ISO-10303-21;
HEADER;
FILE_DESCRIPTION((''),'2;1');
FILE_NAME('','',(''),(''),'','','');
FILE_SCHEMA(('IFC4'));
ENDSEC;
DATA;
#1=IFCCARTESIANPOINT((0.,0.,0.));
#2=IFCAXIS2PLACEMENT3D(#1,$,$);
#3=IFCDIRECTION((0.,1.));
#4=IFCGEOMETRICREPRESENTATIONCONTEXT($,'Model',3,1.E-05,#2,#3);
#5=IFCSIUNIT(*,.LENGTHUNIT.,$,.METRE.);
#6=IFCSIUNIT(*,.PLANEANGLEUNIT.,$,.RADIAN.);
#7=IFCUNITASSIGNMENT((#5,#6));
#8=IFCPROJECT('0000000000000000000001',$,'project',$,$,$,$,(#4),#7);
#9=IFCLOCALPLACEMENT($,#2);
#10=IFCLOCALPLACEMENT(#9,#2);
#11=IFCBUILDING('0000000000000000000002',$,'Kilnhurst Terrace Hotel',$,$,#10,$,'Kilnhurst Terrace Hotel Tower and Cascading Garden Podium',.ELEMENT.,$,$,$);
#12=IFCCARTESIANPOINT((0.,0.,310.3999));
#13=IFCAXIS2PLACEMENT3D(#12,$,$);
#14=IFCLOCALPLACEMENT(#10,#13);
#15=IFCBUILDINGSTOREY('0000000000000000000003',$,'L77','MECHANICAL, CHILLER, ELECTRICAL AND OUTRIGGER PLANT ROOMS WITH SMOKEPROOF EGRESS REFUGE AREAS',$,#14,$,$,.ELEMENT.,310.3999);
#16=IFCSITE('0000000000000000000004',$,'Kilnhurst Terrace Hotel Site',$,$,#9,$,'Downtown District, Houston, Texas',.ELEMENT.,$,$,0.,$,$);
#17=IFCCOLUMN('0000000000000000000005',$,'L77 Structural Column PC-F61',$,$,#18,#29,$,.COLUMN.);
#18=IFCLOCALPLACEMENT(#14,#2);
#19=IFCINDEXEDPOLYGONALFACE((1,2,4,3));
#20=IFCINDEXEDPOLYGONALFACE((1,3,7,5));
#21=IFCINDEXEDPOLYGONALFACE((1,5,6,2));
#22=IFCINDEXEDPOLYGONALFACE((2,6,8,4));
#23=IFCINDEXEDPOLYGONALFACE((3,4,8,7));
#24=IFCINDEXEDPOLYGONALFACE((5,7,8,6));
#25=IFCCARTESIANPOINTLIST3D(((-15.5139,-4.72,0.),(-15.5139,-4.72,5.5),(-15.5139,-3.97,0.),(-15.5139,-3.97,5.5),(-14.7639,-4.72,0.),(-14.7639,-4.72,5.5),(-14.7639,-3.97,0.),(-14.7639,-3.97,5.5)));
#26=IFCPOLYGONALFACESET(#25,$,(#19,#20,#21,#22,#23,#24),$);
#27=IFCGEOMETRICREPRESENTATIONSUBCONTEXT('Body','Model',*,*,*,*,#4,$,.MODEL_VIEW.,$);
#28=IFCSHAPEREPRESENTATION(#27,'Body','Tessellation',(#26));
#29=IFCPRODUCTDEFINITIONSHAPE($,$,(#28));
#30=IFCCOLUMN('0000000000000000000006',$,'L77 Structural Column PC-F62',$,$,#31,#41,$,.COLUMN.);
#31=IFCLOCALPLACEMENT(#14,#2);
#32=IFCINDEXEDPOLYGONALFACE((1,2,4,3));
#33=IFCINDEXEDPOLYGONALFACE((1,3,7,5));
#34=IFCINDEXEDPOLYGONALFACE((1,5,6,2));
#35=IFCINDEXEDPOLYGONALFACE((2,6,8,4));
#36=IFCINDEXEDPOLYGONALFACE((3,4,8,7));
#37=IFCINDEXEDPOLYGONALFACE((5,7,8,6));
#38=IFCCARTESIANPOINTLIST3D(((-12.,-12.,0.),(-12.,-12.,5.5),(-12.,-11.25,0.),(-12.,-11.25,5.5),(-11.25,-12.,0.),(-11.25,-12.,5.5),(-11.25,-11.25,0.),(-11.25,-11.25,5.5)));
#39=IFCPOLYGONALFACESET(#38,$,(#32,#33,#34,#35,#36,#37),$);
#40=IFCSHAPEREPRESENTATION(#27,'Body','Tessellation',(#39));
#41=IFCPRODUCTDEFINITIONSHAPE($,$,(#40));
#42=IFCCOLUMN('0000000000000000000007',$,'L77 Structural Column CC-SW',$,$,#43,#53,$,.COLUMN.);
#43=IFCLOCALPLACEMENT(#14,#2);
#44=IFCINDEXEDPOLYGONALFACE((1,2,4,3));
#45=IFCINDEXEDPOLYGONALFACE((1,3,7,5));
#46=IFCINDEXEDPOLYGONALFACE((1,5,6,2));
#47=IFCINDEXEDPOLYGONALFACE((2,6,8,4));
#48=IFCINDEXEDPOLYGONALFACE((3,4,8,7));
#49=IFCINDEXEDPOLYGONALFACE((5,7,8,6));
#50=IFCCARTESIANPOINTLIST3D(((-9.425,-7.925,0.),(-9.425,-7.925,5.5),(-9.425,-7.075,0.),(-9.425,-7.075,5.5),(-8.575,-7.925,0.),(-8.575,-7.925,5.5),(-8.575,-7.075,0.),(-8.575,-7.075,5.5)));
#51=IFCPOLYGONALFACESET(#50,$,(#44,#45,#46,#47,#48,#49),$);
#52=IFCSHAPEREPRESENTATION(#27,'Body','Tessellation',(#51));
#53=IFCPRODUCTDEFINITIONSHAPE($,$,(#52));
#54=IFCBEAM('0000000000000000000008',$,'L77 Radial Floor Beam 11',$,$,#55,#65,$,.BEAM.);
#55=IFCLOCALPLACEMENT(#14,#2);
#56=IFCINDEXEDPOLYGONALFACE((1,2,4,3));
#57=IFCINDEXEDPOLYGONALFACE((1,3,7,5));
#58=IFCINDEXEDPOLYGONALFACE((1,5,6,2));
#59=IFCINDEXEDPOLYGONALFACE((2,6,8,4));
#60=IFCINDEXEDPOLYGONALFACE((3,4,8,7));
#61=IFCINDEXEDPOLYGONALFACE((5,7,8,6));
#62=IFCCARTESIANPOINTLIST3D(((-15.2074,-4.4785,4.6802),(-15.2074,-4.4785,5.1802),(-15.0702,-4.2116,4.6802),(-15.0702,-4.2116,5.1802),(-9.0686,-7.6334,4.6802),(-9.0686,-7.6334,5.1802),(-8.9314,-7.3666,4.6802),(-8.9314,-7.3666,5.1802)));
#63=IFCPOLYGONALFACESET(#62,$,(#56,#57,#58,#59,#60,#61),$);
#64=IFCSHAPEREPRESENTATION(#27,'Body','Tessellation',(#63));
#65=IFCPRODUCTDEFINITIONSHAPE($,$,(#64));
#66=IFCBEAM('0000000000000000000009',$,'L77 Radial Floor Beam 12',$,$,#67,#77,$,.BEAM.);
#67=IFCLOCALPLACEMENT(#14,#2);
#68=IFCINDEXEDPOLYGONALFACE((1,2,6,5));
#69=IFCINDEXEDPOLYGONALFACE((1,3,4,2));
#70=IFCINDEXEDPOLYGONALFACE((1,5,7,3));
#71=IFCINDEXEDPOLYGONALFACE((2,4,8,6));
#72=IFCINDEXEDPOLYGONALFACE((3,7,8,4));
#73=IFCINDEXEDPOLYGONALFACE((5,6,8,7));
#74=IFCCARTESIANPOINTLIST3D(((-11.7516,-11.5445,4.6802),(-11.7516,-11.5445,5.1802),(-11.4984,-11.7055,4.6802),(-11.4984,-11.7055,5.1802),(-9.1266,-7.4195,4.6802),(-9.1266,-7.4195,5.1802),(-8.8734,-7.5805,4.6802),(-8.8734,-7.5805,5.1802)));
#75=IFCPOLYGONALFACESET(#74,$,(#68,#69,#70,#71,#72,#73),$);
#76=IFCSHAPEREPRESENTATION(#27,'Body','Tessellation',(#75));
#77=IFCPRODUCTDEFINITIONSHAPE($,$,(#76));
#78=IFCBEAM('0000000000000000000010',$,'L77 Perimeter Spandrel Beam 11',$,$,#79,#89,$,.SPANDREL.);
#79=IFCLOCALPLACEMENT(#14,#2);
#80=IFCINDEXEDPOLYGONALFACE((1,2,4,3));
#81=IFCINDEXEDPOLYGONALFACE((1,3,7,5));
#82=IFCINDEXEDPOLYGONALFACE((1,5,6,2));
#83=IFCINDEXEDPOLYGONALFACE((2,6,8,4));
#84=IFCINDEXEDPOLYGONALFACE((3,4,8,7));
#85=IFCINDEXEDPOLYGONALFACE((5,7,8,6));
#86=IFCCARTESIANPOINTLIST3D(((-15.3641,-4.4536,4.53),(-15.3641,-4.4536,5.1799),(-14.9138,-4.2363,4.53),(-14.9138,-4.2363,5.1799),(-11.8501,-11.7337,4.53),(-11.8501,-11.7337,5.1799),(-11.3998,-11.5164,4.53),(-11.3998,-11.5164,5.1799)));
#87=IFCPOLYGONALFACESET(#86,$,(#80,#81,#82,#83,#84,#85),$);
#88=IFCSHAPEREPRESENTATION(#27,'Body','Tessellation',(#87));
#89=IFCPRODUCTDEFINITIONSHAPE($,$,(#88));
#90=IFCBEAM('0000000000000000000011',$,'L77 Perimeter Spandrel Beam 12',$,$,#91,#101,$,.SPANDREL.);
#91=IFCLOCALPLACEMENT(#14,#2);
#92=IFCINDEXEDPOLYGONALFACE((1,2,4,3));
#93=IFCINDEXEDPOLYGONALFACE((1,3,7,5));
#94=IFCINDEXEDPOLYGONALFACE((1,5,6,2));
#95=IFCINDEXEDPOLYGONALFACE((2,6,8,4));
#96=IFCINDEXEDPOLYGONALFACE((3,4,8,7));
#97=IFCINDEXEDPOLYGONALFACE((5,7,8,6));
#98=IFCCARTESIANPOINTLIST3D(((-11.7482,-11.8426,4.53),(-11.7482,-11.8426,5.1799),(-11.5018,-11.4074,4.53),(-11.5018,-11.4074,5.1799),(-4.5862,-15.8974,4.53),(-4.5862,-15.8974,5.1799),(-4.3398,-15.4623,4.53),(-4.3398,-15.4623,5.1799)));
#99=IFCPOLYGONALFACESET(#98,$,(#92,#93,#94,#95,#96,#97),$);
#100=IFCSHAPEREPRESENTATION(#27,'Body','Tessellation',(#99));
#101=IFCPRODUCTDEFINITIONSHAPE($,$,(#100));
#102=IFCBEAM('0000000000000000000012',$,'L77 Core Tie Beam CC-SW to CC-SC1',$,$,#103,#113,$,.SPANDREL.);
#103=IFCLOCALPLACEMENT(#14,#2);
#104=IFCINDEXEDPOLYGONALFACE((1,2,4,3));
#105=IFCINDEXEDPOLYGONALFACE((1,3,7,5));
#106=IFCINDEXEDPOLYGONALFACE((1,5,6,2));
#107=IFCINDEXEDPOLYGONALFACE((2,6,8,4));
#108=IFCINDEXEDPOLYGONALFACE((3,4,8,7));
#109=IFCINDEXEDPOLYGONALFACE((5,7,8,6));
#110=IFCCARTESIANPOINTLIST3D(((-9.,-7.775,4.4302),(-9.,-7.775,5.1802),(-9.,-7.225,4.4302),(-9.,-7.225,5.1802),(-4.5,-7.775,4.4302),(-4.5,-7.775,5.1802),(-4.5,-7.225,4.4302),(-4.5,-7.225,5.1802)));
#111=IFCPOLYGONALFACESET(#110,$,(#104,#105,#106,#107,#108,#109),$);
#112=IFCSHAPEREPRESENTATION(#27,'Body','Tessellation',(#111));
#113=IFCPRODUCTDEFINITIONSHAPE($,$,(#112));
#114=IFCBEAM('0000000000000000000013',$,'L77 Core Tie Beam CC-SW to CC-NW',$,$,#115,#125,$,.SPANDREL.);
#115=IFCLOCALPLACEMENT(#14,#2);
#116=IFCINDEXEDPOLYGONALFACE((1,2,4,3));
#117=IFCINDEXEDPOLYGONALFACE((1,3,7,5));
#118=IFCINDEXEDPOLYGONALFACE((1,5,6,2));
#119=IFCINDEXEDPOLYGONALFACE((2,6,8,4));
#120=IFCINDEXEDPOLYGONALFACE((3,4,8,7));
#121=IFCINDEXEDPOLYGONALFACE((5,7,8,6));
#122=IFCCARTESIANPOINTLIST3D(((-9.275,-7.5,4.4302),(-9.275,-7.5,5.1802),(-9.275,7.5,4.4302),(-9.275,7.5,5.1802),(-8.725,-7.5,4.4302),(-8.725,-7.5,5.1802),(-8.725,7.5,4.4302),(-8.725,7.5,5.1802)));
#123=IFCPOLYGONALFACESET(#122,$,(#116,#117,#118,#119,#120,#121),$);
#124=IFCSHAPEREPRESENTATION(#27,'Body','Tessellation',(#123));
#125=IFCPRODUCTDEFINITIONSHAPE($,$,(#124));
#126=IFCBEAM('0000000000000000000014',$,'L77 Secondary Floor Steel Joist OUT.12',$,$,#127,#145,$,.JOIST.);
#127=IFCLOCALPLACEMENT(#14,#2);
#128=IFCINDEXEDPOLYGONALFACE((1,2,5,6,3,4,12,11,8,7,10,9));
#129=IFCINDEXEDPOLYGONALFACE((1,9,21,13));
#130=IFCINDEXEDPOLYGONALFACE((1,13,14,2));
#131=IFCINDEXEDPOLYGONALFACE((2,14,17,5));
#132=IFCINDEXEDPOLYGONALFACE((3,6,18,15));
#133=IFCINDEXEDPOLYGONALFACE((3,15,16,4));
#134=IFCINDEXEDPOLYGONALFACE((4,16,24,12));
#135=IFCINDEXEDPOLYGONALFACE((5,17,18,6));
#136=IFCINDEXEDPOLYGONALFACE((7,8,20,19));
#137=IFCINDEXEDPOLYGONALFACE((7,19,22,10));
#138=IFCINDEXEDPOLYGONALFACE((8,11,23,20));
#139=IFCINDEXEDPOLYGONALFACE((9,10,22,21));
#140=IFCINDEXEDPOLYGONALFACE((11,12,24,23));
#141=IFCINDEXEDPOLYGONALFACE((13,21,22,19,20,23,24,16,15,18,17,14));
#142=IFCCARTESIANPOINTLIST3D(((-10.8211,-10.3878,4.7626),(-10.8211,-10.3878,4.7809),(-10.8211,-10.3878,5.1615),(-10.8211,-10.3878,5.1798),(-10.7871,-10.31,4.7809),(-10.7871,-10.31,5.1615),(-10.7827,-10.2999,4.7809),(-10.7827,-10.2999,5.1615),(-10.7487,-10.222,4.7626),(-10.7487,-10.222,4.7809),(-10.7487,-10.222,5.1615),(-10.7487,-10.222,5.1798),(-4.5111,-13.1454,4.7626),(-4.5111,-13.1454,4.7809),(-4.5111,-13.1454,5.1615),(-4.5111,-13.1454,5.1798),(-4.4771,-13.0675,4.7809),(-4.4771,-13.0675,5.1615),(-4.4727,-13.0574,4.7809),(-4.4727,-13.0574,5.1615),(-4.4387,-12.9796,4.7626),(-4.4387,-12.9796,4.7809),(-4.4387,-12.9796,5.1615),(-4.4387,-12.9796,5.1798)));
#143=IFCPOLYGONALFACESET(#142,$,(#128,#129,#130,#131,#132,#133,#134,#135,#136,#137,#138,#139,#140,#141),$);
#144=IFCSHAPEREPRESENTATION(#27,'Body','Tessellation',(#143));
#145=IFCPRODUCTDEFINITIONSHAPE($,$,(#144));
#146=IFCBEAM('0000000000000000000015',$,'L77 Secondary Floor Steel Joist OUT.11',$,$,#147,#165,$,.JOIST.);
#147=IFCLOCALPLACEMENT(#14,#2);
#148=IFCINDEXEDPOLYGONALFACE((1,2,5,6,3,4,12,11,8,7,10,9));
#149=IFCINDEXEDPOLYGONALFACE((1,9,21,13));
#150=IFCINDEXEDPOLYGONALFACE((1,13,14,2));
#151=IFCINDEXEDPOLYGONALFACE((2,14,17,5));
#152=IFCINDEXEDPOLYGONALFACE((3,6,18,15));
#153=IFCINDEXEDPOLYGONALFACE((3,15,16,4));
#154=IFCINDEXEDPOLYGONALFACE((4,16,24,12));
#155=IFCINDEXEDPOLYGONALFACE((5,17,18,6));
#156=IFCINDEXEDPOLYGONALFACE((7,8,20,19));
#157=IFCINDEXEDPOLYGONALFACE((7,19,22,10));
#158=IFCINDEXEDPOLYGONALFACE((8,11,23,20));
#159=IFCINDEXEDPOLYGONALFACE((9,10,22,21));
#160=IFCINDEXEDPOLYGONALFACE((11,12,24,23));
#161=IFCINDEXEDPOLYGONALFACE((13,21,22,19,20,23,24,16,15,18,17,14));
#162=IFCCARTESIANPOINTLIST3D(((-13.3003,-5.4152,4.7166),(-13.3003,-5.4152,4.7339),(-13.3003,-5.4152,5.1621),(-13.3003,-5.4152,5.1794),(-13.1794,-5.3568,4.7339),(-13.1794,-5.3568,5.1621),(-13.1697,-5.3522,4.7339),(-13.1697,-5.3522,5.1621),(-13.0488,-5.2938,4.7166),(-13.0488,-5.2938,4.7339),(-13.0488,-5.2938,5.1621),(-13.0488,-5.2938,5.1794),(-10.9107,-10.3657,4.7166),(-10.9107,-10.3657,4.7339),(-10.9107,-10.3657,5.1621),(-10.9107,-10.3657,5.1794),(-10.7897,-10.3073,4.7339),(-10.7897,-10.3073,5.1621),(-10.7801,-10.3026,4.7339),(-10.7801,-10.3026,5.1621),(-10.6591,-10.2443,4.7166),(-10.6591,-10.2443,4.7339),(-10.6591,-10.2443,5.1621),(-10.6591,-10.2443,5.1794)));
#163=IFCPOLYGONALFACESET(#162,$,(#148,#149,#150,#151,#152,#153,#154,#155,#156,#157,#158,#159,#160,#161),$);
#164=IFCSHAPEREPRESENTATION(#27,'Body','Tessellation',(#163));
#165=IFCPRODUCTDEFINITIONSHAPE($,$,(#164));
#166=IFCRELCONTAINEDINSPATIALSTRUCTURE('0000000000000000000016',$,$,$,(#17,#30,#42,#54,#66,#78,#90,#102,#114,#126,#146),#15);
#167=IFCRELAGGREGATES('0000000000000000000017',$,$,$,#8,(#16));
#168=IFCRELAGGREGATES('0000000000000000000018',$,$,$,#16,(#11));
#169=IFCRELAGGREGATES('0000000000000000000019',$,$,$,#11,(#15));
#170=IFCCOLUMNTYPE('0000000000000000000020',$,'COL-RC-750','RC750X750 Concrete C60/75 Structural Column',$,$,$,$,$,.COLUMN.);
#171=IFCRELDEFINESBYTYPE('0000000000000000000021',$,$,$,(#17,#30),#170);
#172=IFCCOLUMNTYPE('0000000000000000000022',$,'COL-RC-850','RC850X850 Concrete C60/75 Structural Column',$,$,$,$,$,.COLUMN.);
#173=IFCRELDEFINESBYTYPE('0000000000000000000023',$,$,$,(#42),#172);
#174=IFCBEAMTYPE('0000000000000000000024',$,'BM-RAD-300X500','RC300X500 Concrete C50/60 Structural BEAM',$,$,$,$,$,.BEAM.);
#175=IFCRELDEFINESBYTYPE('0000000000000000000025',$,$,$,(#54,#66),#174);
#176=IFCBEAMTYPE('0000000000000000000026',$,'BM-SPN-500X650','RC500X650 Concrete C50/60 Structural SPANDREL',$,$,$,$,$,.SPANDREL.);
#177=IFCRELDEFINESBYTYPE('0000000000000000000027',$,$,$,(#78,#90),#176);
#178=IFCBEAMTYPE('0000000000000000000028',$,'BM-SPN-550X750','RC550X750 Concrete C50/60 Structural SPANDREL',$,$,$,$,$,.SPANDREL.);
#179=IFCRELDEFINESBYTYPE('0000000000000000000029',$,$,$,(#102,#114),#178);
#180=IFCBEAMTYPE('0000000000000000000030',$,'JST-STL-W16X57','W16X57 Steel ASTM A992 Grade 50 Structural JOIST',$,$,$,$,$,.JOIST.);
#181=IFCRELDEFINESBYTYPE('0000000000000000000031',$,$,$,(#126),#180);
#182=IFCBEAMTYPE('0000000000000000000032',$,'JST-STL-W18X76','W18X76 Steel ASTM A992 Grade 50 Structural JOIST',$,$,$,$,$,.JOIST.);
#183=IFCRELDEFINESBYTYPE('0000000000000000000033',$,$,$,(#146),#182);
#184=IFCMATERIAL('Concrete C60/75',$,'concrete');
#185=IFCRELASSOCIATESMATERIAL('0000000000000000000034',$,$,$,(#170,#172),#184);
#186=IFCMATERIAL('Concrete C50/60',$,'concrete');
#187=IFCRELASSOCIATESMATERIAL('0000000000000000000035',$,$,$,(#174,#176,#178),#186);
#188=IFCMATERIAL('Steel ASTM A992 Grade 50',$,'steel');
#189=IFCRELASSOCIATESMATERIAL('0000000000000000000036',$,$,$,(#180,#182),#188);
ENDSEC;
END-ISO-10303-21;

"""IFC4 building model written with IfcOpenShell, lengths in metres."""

from ifc_helpers import new_model, si_unit, direction, frame, origin, origin_2d, place, context, subcontext, project, spatial, rectangle, i_section, extrude, material, material_profile, profile_set, type_object, element, save


model = new_model("IFC4")

# Units and contexts
model_context = context("Model", 3, precision=1e-05, world=origin(), true_north=direction((0.0, 1.0)))
body_context = subcontext(model_context, "Body", "Model", "MODEL_VIEW")
ifc_project = project(units=[si_unit("LENGTHUNIT", "METRE"), si_unit("PLANEANGLEUNIT", "RADIAN")], contexts=[model_context])

# Site, building, storey
site_placement = place(None, origin())
site = spatial("IfcSite", under=ifc_project, at=site_placement, Name="Kilnhurst Terrace Hotel Site", LongName="Downtown District, Houston, Texas", CompositionType="ELEMENT", RefElevation=0.0)
building_placement = place(site_placement, origin())
building = spatial("IfcBuilding", under=site, at=building_placement, Name="Kilnhurst Terrace Hotel", LongName="Kilnhurst Terrace Hotel Tower and Cascading Garden Podium", CompositionType="ELEMENT")
storey_placement = place(building_placement, frame((0.0, 0.0, 310.3999)))
storey = spatial("IfcBuildingStorey", under=building, at=storey_placement, Name="L77", Description="MECHANICAL, CHILLER, ELECTRICAL AND OUTRIGGER PLANT ROOMS WITH SMOKEPROOF EGRESS REFUGE AREAS", CompositionType="ELEMENT", Elevation=310.3999)

# Columns
ifc_material_1 = material(Name="Concrete C60/75", Category="concrete")
ifc_material_profile_1 = material_profile(ifc_material_1, rectangle(XDim=0.75, YDim=0.75, at=origin_2d()), Name="RC750X750")
ifc_profile_set_1 = profile_set([ifc_material_profile_1], Name="Concrete C60/75")
column_type_1 = type_object("IfcColumnType", Name="COL-RC-750", Description="RC750X750 Concrete C60/75 Structural Column", PredefinedType="COLUMN", material=ifc_profile_set_1)
for number, where, z_axis, x_axis, name in (
    (1, (-15.1389, -4.345, 0.0), (0.0, 0.0, 1.0), (1.0, 0.0, 0.0), "L77 Structural Column PC-F61"),
    (2, (-11.625, -11.625, 0.0), (0.0, 0.0, 1.0), (1.0, 0.0, 0.0), "L77 Structural Column PC-F62"),
):
    element("IfcColumn", number, at=place(storey_placement, frame(where, z_axis=z_axis, x_axis=x_axis)), inside=storey, type_object=column_type_1, Name=name, PredefinedType="COLUMN", context=body_context, shape_type="SweptSolid", body=[
        extrude(rectangle(XDim=0.75, YDim=0.75, at=origin_2d()), origin(), (0.0, 0.0, 1.0), 5.5),
    ])
ifc_material_profile_2 = material_profile(ifc_material_1, rectangle(XDim=0.8501, YDim=0.8501, at=origin_2d()), Name="RC850X850")
ifc_profile_set_2 = profile_set([ifc_material_profile_2], Name="Concrete C60/75")
column_type_2 = type_object("IfcColumnType", Name="COL-RC-850", Description="RC850X850 Concrete C60/75 Structural Column", PredefinedType="COLUMN", material=ifc_profile_set_2)
column_placement = place(storey_placement, frame((-9.0, -7.5, 0.0), z_axis=(0.0, 0.0, 1.0), x_axis=(1.0, 0.0, 0.0)))
element("IfcColumn", 3, at=column_placement, inside=storey, type_object=column_type_2, Name="L77 Structural Column CC-SW", PredefinedType="COLUMN", context=body_context, shape_type="SweptSolid", body=[
    extrude(rectangle(XDim=0.8501, YDim=0.8501, at=origin_2d()), origin(), (0.0, 0.0, 1.0), 5.5),
])

# Beams
ifc_material_2 = material(Name="Concrete C50/60", Category="concrete")
ifc_material_profile_3 = material_profile(ifc_material_2, rectangle(XDim=0.3, YDim=0.5, at=origin_2d()), Name="RC300X500")
ifc_profile_set_3 = profile_set([ifc_material_profile_3], Name="Concrete C50/60")
beam_type_1 = type_object("IfcBeamType", Name="BM-RAD-300X500", Description="RC300X500 Concrete C50/60 Structural BEAM", PredefinedType="BEAM", material=ifc_profile_set_3)
beam_1_placement = place(storey_placement, frame((-9.0, -7.5, 4.9302), z_axis=(-0.889413, 0.457104, 0.0), x_axis=(-0.457104, -0.889413, 0.0)))
element("IfcBeam", 4, at=beam_1_placement, inside=storey, type_object=beam_type_1, Name="L77 Radial Floor Beam 11", PredefinedType="BEAM", context=body_context, shape_type="SweptSolid", body=[
    extrude(rectangle(XDim=0.3, YDim=0.5, at=origin_2d()), origin(), (0.0, 0.0, 1.0), 6.9021),
])
beam_2_placement = place(storey_placement, frame((-9.0, -7.5, 4.9302), z_axis=(-0.536875, -0.843661, 0.0), x_axis=(0.843661, -0.536875, 0.0)))
element("IfcBeam", 5, at=beam_2_placement, inside=storey, type_object=beam_type_1, Name="L77 Radial Floor Beam 12", PredefinedType="BEAM", context=body_context, shape_type="SweptSolid", body=[
    extrude(rectangle(XDim=0.3, YDim=0.5, at=origin_2d()), origin(), (0.0, 0.0, 1.0), 4.8894),
])
ifc_material_profile_4 = material_profile(ifc_material_2, rectangle(XDim=0.5, YDim=0.6499, at=origin_2d()), Name="RC500X650")
ifc_profile_set_4 = profile_set([ifc_material_profile_4], Name="Concrete C50/60")
beam_type_2 = type_object("IfcBeamType", Name="BM-SPN-500X650", Description="RC500X650 Concrete C50/60 Structural SPANDREL", PredefinedType="SPANDREL", material=ifc_profile_set_4)
beam_3_placement = place(storey_placement, frame((-15.1389, -4.345, 4.855), z_axis=(0.434691, -0.90058, 0.0), x_axis=(0.90058, 0.434691, 0.0)))
element("IfcBeam", 6, at=beam_3_placement, inside=storey, type_object=beam_type_2, Name="L77 Perimeter Spandrel Beam 11", PredefinedType="SPANDREL", context=body_context, shape_type="SweptSolid", body=[
    extrude(rectangle(XDim=0.5, YDim=0.6499, at=origin_2d()), origin(), (0.0, 0.0, 1.0), 8.0837),
])
beam_4_placement = place(storey_placement, frame((-11.625, -11.625, 4.855), z_axis=(0.87021, -0.492682, 0.0), x_axis=(0.492682, 0.87021, 0.0)))
element("IfcBeam", 7, at=beam_4_placement, inside=storey, type_object=beam_type_2, Name="L77 Perimeter Spandrel Beam 12", PredefinedType="SPANDREL", context=body_context, shape_type="SweptSolid", body=[
    extrude(rectangle(XDim=0.5, YDim=0.6499, at=origin_2d()), origin(), (0.0, 0.0, 1.0), 8.2302),
])
ifc_material_profile_5 = material_profile(ifc_material_2, rectangle(XDim=0.55, YDim=0.75, at=origin_2d()), Name="RC550X750")
ifc_profile_set_5 = profile_set([ifc_material_profile_5], Name="Concrete C50/60")
beam_type_3 = type_object("IfcBeamType", Name="BM-SPN-550X750", Description="RC550X750 Concrete C50/60 Structural SPANDREL", PredefinedType="SPANDREL", material=ifc_profile_set_5)
beam_5_placement = place(storey_placement, frame((-9.0, -7.5, 4.8052), z_axis=(1.0, 0.0, 0.0), x_axis=(0.0, 1.0, 0.0)))
element("IfcBeam", 8, at=beam_5_placement, inside=storey, type_object=beam_type_3, Name="L77 Core Tie Beam CC-SW to CC-SC1", PredefinedType="SPANDREL", context=body_context, shape_type="SweptSolid", body=[
    extrude(rectangle(XDim=0.55, YDim=0.75, at=origin_2d()), origin(), (0.0, 0.0, 1.0), 4.5),
])
beam_6_placement = place(storey_placement, frame((-9.0, -7.5, 4.8052), z_axis=(0.0, 1.0, 0.0), x_axis=(-1.0, 0.0, 0.0)))
element("IfcBeam", 9, at=beam_6_placement, inside=storey, type_object=beam_type_3, Name="L77 Core Tie Beam CC-SW to CC-NW", PredefinedType="SPANDREL", context=body_context, shape_type="SweptSolid", body=[
    extrude(rectangle(XDim=0.55, YDim=0.75, at=origin_2d()), origin(), (0.0, 0.0, 1.0), 15.0),
])
ifc_material_3 = material(Name="Steel ASTM A992 Grade 50", Category="steel")
ifc_material_profile_6 = material_profile(ifc_material_3, i_section(OverallWidth=0.1809, OverallDepth=0.4172, WebThickness=0.011, FlangeThickness=0.0183, at=origin_2d()), Name="W16X57")
ifc_profile_set_6 = profile_set([ifc_material_profile_6], Name="Steel ASTM A992 Grade 50")
beam_type_4 = type_object("IfcBeamType", Name="JST-STL-W16X57", Description="W16X57 Steel ASTM A992 Grade 50 Structural JOIST", PredefinedType="JOIST", material=ifc_profile_set_6)
beam_7_placement = place(storey_placement, frame((-10.7849, -10.3049, 4.9712), z_axis=(0.916322, -0.400443, 0.0), x_axis=(0.400443, 0.916322, 0.0)))
element("IfcBeam", 10, at=beam_7_placement, inside=storey, type_object=beam_type_4, Name="L77 Secondary Floor Steel Joist OUT.12", PredefinedType="JOIST", context=body_context, shape_type="SweptSolid", body=[
    extrude(i_section(OverallWidth=0.1809, OverallDepth=0.4172, WebThickness=0.011, FlangeThickness=0.0183, at=origin_2d()), origin(), (0.0, 0.0, 1.0), 6.8862),
])
ifc_material_profile_7 = material_profile(ifc_material_3, i_section(OverallWidth=0.2793, OverallDepth=0.4629, WebThickness=0.0107, FlangeThickness=0.0173, at=origin_2d()), Name="W18X76")
ifc_profile_set_7 = profile_set([ifc_material_profile_7], Name="Steel ASTM A992 Grade 50")
beam_type_5 = type_object("IfcBeamType", Name="JST-STL-W18X76", Description="W18X76 Steel ASTM A992 Grade 50 Structural JOIST", PredefinedType="JOIST", material=ifc_profile_set_7)
beam_8_placement = place(storey_placement, frame((-13.1746, -5.3545, 4.948), z_axis=(0.434717, -0.900567, 0.0), x_axis=(0.900567, 0.434717, 0.0)))
element("IfcBeam", 11, at=beam_8_placement, inside=storey, type_object=beam_type_5, Name="L77 Secondary Floor Steel Joist OUT.11", PredefinedType="JOIST", context=body_context, shape_type="SweptSolid", body=[
    extrude(i_section(OverallWidth=0.2793, OverallDepth=0.4629, WebThickness=0.0107, FlangeThickness=0.0173, at=origin_2d()), origin(), (0.0, 0.0, 1.0), 5.4971),
])

save(model, "model.ifc")
